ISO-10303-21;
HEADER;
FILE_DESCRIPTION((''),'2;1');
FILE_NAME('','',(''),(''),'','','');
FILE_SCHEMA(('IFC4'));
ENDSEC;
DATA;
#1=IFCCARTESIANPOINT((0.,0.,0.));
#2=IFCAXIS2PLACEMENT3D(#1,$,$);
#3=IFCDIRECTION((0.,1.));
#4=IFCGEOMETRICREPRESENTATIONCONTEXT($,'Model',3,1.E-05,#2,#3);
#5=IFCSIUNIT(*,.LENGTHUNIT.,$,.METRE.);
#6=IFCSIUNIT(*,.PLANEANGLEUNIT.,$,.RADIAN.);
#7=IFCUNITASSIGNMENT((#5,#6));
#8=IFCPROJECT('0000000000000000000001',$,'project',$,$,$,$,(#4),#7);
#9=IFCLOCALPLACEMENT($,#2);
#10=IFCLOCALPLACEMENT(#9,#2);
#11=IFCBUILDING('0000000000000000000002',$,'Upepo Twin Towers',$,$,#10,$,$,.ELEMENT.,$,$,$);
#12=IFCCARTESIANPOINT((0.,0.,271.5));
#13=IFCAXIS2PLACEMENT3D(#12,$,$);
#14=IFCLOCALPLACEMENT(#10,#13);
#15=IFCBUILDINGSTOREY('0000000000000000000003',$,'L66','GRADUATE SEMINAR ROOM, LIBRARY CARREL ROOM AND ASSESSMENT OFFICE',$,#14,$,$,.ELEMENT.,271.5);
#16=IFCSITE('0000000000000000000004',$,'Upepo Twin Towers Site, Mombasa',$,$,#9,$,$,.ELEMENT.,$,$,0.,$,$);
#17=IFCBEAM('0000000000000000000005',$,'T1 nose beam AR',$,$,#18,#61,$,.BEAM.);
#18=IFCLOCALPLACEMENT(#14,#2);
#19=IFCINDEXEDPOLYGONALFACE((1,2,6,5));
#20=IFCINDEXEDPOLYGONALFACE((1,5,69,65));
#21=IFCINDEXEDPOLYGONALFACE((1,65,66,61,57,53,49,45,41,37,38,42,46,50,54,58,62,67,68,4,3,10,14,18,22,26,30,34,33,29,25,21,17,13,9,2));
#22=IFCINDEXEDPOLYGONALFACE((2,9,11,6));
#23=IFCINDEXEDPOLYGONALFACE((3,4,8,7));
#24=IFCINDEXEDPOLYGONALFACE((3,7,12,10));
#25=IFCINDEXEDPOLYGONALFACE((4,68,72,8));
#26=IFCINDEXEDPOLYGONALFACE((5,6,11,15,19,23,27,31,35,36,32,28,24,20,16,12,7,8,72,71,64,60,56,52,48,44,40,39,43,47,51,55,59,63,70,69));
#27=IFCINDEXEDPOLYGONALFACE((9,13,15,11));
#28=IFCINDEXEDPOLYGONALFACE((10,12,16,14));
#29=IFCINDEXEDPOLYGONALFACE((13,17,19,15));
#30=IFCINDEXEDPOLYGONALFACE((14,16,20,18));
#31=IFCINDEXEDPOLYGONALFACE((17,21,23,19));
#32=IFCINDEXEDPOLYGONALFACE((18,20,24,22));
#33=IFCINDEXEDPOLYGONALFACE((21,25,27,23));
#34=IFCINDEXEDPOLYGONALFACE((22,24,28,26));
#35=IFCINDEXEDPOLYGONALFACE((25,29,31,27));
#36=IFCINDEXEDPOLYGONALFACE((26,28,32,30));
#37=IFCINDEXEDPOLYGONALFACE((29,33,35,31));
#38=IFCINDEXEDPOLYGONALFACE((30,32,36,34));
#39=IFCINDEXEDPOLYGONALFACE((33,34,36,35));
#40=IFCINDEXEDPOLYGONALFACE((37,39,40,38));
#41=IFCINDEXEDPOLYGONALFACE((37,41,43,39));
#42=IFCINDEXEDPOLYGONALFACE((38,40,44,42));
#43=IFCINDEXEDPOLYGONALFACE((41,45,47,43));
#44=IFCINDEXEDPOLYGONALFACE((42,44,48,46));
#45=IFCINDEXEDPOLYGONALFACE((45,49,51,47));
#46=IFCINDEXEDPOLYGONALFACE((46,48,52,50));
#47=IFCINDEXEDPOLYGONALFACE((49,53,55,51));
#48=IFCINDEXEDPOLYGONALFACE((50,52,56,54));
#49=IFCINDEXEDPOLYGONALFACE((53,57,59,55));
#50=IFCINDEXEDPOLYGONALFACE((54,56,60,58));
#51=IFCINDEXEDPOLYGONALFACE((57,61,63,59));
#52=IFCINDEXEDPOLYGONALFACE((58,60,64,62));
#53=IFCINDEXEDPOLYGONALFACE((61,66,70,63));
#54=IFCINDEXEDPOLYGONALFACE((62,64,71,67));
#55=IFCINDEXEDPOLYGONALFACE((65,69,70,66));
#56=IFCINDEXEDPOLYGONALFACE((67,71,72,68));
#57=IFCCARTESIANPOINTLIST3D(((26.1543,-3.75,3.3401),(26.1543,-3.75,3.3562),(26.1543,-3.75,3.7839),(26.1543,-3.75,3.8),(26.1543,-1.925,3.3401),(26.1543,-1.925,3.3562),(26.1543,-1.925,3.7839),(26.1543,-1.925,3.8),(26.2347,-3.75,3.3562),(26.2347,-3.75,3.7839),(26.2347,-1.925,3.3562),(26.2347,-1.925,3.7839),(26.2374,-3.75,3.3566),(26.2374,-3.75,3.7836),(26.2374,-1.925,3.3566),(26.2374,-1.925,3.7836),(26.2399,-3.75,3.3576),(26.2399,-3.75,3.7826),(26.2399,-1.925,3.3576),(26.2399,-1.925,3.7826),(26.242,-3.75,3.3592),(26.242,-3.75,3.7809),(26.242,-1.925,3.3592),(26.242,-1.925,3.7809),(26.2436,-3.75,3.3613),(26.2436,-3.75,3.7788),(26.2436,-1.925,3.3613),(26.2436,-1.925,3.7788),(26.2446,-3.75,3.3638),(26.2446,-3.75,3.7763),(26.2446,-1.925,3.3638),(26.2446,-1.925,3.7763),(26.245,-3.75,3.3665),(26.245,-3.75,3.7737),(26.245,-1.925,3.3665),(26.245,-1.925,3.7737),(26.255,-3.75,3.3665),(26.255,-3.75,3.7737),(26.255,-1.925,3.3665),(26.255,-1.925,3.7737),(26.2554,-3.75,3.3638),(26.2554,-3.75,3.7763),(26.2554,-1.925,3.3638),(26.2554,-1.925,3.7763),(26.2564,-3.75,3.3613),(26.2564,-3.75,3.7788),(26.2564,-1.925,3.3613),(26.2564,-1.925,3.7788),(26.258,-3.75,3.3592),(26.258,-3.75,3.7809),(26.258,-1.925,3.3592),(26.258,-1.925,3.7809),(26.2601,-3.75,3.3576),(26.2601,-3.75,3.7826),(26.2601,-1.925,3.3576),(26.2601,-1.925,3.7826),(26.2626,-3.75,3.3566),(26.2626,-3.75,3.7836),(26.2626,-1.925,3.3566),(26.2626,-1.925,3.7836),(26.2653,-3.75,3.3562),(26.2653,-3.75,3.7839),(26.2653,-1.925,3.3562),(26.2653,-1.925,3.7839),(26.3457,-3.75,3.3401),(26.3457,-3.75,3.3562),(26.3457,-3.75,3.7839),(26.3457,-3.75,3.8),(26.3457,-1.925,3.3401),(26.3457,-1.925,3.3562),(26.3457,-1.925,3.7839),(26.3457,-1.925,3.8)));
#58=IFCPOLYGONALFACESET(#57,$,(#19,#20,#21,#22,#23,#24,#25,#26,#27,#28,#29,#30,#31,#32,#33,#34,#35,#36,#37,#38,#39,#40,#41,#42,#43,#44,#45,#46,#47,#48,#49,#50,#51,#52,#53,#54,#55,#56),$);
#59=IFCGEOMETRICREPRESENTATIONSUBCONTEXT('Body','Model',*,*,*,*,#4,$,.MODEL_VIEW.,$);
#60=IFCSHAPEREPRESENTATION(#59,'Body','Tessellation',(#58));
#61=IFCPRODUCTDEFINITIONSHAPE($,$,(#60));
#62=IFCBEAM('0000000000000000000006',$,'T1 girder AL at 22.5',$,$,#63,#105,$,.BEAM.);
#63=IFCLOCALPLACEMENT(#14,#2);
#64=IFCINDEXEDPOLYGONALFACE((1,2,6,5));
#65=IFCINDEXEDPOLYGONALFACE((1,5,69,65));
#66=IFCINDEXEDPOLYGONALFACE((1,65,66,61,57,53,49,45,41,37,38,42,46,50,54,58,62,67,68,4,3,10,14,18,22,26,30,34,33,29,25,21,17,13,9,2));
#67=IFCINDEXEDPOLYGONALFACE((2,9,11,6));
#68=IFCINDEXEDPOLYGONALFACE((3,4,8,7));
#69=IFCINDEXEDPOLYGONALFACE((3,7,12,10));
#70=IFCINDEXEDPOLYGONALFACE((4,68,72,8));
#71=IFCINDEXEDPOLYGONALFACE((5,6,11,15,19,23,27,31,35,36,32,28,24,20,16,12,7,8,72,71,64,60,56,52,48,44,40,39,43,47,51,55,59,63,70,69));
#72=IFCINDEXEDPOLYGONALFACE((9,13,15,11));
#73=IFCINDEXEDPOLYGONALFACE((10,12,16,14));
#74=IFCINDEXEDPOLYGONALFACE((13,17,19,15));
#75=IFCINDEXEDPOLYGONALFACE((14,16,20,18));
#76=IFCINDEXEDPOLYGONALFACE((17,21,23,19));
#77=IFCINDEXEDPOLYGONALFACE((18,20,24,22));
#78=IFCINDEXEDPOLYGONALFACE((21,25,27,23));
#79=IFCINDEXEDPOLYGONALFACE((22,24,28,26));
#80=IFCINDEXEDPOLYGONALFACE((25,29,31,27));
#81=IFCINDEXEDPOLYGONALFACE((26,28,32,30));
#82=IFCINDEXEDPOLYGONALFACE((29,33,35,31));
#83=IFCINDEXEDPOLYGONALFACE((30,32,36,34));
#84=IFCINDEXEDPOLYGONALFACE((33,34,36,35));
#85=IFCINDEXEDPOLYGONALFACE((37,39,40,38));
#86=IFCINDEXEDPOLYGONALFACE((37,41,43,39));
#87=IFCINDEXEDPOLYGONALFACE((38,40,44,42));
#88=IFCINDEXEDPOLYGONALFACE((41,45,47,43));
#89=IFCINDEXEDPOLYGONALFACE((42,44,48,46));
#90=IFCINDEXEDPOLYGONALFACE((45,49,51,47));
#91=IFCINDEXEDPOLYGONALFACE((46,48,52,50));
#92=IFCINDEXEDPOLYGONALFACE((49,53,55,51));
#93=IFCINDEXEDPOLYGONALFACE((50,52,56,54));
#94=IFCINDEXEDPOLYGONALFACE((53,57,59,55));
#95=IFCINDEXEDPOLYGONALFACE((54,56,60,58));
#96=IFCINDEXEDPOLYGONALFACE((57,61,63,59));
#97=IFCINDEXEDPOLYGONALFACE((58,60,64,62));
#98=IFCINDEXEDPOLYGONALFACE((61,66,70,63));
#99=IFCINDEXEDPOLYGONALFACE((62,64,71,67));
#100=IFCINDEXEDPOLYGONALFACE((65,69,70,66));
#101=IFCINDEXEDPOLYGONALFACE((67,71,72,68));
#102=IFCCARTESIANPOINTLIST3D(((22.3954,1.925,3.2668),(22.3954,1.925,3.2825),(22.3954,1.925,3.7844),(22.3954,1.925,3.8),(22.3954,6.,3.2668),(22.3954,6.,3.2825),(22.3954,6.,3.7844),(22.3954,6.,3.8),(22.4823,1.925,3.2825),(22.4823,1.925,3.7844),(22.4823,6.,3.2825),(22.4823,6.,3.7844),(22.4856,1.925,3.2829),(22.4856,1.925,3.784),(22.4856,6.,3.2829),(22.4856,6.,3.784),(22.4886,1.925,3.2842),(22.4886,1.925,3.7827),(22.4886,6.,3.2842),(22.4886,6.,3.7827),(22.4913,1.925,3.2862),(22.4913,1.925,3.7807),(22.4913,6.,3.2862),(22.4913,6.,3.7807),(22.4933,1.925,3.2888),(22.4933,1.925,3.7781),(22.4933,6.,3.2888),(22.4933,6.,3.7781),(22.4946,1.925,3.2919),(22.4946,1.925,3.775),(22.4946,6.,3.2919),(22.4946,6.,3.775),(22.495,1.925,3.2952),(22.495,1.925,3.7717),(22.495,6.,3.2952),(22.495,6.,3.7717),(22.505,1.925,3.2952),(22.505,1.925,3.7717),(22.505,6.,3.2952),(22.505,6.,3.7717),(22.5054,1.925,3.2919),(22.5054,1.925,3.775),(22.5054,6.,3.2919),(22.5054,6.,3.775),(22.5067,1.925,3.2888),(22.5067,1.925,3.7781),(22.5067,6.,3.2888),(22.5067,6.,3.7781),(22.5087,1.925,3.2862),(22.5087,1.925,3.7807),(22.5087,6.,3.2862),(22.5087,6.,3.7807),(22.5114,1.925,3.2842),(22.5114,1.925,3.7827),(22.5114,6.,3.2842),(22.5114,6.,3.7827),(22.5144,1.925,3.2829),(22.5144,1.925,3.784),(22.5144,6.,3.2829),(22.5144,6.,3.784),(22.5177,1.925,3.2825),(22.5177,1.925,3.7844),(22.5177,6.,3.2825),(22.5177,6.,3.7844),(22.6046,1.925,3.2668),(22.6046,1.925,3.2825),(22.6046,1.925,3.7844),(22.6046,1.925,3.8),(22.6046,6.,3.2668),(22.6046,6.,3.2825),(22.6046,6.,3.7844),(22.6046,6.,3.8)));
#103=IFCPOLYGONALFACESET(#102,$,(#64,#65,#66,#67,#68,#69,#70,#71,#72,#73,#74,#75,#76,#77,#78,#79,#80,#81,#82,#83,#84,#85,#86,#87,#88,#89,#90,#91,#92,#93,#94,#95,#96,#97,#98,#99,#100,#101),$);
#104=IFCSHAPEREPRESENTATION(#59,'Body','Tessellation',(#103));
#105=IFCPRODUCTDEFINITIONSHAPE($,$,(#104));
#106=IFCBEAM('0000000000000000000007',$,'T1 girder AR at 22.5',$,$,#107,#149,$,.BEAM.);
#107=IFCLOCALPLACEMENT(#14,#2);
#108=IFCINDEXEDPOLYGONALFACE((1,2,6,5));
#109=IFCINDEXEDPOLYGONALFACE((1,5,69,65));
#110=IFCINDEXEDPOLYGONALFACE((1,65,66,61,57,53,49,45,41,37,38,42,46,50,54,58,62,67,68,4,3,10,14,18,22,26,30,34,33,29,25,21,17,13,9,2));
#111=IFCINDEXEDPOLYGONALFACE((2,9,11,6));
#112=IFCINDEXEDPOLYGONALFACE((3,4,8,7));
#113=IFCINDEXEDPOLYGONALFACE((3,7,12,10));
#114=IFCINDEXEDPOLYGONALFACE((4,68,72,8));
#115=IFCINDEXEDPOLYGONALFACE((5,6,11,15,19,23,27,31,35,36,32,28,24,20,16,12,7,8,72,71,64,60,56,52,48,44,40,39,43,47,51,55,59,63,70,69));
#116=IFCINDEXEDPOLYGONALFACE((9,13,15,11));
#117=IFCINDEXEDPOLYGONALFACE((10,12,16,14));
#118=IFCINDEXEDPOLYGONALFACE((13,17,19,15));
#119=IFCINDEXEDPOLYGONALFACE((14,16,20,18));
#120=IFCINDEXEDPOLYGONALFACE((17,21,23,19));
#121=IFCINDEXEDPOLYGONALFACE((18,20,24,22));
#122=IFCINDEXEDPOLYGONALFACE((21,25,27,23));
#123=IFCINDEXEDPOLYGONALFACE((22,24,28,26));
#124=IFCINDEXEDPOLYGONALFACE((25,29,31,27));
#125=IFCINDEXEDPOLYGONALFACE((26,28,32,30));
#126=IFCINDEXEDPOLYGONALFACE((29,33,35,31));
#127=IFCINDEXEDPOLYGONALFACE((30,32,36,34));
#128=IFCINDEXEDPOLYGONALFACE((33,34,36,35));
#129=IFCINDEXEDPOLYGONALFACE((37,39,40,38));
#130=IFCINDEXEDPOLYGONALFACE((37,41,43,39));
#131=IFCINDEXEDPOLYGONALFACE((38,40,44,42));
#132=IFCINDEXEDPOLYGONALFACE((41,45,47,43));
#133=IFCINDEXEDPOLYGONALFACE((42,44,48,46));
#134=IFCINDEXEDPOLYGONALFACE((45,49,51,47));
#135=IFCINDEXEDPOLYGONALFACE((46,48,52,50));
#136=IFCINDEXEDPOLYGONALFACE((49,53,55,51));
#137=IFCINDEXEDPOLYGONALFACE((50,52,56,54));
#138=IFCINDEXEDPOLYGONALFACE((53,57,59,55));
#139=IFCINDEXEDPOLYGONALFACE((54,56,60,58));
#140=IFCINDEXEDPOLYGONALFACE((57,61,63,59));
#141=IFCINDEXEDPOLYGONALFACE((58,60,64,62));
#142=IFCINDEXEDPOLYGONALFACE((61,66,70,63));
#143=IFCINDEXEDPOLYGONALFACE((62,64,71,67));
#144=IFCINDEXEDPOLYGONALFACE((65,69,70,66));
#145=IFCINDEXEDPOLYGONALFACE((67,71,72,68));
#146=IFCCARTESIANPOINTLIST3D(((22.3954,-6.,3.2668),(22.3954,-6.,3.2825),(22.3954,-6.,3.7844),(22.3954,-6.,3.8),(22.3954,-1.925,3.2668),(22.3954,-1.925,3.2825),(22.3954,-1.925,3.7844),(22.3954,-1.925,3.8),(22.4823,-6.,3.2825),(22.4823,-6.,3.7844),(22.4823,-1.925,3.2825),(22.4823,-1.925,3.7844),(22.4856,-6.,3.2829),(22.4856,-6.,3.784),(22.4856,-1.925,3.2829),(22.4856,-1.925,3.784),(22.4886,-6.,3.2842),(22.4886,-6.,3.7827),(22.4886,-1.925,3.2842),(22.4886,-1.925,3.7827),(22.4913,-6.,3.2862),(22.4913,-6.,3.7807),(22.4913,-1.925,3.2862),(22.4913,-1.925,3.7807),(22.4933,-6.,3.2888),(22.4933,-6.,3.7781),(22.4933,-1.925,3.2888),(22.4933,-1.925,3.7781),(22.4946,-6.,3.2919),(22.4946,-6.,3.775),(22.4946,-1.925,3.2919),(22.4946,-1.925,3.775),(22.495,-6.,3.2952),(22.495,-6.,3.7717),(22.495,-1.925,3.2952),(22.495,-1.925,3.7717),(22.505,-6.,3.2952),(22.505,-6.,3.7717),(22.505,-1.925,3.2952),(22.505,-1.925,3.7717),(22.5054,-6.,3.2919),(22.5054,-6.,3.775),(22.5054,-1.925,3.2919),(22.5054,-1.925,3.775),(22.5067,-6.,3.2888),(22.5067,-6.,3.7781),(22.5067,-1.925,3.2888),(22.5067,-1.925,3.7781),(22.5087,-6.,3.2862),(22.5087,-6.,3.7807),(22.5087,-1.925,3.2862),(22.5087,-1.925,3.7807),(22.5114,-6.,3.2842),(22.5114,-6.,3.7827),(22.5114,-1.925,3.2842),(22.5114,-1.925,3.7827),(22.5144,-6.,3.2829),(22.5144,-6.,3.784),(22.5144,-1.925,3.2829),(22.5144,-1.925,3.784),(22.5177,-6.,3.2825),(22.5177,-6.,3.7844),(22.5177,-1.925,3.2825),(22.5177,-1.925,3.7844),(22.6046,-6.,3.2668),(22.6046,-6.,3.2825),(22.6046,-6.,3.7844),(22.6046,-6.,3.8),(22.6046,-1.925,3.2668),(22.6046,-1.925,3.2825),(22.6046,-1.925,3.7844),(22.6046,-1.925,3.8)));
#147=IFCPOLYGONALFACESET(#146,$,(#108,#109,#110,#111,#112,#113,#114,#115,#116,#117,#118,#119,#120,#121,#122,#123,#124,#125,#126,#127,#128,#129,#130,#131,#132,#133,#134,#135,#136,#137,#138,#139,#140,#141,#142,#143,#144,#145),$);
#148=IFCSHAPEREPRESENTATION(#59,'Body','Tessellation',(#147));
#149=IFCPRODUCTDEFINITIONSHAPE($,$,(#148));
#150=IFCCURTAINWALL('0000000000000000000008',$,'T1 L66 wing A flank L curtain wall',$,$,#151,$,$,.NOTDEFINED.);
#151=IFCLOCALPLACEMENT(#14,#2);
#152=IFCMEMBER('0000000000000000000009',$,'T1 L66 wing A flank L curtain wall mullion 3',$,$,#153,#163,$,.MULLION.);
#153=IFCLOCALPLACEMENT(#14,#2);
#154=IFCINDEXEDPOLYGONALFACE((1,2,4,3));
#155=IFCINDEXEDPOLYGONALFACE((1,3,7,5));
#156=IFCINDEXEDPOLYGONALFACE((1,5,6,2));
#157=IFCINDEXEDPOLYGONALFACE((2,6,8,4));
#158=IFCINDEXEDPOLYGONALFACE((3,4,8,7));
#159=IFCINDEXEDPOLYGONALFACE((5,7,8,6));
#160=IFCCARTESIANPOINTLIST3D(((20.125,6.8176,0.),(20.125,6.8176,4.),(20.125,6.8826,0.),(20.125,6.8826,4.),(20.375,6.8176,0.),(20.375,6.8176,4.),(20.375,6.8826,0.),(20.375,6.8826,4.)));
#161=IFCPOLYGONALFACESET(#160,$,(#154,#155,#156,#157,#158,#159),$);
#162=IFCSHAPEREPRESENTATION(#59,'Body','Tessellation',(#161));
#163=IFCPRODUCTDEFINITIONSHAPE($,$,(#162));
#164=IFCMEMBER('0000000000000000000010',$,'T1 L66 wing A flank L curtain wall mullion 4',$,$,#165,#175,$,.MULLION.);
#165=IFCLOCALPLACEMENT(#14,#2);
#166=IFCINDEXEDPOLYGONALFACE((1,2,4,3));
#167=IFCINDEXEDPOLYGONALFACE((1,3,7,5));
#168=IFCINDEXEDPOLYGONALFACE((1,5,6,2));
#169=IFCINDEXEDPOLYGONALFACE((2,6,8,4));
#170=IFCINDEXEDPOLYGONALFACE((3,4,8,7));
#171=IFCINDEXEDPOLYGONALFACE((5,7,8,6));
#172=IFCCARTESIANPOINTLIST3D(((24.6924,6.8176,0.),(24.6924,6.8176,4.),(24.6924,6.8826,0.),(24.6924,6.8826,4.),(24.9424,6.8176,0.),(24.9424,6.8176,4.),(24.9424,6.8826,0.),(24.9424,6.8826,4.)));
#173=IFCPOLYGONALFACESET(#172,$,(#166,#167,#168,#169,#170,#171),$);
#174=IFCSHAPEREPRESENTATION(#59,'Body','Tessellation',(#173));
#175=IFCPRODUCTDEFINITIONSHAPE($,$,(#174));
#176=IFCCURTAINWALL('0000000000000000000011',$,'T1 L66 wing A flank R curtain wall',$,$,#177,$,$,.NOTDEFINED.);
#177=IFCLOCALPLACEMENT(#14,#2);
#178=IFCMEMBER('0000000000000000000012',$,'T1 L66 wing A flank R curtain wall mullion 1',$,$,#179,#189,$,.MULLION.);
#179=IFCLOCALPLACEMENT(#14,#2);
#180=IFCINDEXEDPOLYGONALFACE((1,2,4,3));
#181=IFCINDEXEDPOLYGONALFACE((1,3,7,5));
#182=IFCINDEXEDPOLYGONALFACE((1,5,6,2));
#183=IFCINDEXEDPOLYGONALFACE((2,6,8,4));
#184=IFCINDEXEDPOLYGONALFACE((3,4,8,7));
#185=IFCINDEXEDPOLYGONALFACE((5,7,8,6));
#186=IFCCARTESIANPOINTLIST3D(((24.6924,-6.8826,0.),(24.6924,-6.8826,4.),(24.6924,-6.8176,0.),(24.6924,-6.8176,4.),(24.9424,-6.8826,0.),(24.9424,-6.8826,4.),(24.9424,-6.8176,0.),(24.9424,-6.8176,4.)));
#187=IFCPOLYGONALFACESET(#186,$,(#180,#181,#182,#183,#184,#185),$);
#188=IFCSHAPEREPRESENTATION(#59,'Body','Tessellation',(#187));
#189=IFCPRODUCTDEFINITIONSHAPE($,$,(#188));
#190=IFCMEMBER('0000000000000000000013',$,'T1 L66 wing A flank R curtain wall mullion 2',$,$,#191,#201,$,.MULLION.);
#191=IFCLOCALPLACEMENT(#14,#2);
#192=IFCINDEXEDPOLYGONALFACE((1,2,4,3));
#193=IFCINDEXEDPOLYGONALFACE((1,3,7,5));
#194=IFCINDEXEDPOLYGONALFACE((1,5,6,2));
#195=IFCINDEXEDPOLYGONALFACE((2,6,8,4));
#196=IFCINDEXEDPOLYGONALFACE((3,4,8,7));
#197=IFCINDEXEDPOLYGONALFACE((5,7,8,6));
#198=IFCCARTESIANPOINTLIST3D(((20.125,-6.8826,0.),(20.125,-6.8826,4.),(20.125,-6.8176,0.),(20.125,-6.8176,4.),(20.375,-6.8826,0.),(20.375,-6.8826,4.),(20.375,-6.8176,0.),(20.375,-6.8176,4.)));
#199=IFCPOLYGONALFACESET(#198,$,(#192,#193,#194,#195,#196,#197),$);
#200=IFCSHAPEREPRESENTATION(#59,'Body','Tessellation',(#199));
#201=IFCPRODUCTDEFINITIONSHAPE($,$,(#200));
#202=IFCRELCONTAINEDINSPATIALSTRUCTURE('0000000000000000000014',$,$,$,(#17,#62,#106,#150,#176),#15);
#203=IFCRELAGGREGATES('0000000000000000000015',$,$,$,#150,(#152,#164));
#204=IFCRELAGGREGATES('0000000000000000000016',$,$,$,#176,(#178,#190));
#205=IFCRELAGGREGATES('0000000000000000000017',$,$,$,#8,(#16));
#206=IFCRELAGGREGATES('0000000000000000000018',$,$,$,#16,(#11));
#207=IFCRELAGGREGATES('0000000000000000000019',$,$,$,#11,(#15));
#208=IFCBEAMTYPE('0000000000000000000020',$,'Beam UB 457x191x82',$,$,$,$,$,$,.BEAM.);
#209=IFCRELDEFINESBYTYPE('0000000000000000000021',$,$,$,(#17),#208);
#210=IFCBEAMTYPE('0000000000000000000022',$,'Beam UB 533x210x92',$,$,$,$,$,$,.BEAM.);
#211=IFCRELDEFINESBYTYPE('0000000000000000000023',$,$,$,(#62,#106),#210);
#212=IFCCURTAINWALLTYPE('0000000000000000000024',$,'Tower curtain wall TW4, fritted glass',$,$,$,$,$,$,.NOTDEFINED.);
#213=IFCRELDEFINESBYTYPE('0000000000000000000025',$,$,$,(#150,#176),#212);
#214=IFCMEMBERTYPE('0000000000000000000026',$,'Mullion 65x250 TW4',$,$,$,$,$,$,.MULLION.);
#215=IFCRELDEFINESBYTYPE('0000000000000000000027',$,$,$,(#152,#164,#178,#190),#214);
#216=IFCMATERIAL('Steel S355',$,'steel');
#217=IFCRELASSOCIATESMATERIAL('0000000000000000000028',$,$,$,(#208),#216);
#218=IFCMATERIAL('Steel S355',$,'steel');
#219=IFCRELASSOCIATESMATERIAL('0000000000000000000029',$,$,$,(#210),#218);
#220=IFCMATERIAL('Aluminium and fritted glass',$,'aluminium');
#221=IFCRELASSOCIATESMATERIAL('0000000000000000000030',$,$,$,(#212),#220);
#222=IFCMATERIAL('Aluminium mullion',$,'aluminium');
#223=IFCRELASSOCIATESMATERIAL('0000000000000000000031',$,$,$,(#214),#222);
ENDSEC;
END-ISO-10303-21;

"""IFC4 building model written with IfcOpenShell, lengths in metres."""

from ifc_helpers import new_model, si_unit, direction, frame, origin, origin_2d, place, context, subcontext, project, spatial, rectangle, i_section, extrude, material, material_profile, profile_set, type_object, element, aggregate, save


model = new_model("IFC4")

# Units and contexts
model_context = context("Model", 3, precision=1e-05, world=origin(), true_north=direction((0.0, 1.0)))
body_context = subcontext(model_context, "Body", "Model", "MODEL_VIEW")
ifc_project = project(units=[si_unit("LENGTHUNIT", "METRE"), si_unit("PLANEANGLEUNIT", "RADIAN")], contexts=[model_context])

# Site, building, storey
site_placement = place(None, origin())
site = spatial("IfcSite", under=ifc_project, at=site_placement, Name="Upepo Twin Towers Site, Mombasa", CompositionType="ELEMENT", RefElevation=0.0)
building_placement = place(site_placement, origin())
building = spatial("IfcBuilding", under=site, at=building_placement, Name="Upepo Twin Towers", CompositionType="ELEMENT")
storey_placement = place(building_placement, frame((0.0, 0.0, 271.5)))
storey = spatial("IfcBuildingStorey", under=building, at=storey_placement, Name="L66", Description="GRADUATE SEMINAR ROOM, LIBRARY CARREL ROOM AND ASSESSMENT OFFICE", CompositionType="ELEMENT", Elevation=271.5)

# Beams
ifc_material_1 = material(Name="Steel S355", Category="steel")
ifc_material_profile_1 = material_profile(ifc_material_1, i_section(OverallWidth=0.1914, OverallDepth=0.46, WebThickness=0.01, FlangeThickness=0.0161, FilletRadius=0.0103, at=origin_2d()), Name="UB 457x191x82")
ifc_profile_set_1 = profile_set([ifc_material_profile_1], Name="Steel S355")
beam_type_1 = type_object("IfcBeamType", Name="Beam UB 457x191x82", PredefinedType="BEAM", material=ifc_profile_set_1)
for number, where, z_axis, x_axis, name in (
    (1, (26.25, -3.75, 3.5701), (0.0, 1.0, 0.0), (-1.0, 0.0, 0.0), "T1 nose beam AR"),
):
    element("IfcBeam", number, at=place(storey_placement, frame(where, z_axis=z_axis, x_axis=x_axis)), inside=storey, type_object=beam_type_1, Name=name, PredefinedType="BEAM", context=body_context, shape_type="SweptSolid", body=[
        extrude(i_section(OverallWidth=0.1914, OverallDepth=0.46, WebThickness=0.01, FlangeThickness=0.0161, FilletRadius=0.0103, at=origin_2d()), origin(), (0.0, 0.0, 1.0), 1.825),
    ])
ifc_material_2 = material(Name="Steel S355", Category="steel")
ifc_material_profile_2 = material_profile(ifc_material_2, i_section(OverallWidth=0.2092, OverallDepth=0.5332, WebThickness=0.01, FlangeThickness=0.0156, FilletRadius=0.0127, at=origin_2d()), Name="UB 533x210x92")
ifc_profile_set_2 = profile_set([ifc_material_profile_2], Name="Steel S355")
beam_type_2 = type_object("IfcBeamType", Name="Beam UB 533x210x92", PredefinedType="BEAM", material=ifc_profile_set_2)
for number, where, z_axis, x_axis, name in (
    (2, (22.5, 6.0, 3.5334), (0.0, -1.0, 0.0), (1.0, 0.0, 0.0), "T1 girder AL at 22.5"),
    (3, (22.5, -6.0, 3.5334), (0.0, 1.0, 0.0), (-1.0, 0.0, 0.0), "T1 girder AR at 22.5"),
):
    element("IfcBeam", number, at=place(storey_placement, frame(where, z_axis=z_axis, x_axis=x_axis)), inside=storey, type_object=beam_type_2, Name=name, PredefinedType="BEAM", context=body_context, shape_type="SweptSolid", body=[
        extrude(i_section(OverallWidth=0.2092, OverallDepth=0.5332, WebThickness=0.01, FlangeThickness=0.0156, FilletRadius=0.0127, at=origin_2d()), origin(), (0.0, 0.0, 1.0), 4.075),
    ])

# Curtain walls, members
ifc_material_3 = material(Name="Aluminium and fritted glass", Category="aluminium")
curtain_wall_type = type_object("IfcCurtainWallType", Name="Tower curtain wall TW4, fritted glass", PredefinedType="NOTDEFINED", material=ifc_material_3)
curtain_wall_1_placement = place(storey_placement, origin())
curtain_wall_1 = element("IfcCurtainWall", 4, at=curtain_wall_1_placement, inside=storey, type_object=curtain_wall_type, Name="T1 L66 wing A flank L curtain wall", PredefinedType="NOTDEFINED")
ifc_material_4 = material(Name="Aluminium mullion", Category="aluminium")
ifc_material_profile_3 = material_profile(ifc_material_4, rectangle(XDim=0.0649, YDim=0.25, at=origin_2d()), Name="MULLION 65x250")
ifc_profile_set_3 = profile_set([ifc_material_profile_3], Name="Aluminium mullion")
member_type_1 = type_object("IfcMemberType", Name="Mullion 65x250 TW4", PredefinedType="MULLION", material=ifc_profile_set_3)
member_1_placement = place(storey_placement, frame((20.25, 6.8501, 0.0), z_axis=(0.0, 0.0, 1.0), x_axis=(0.0, 1.0, 0.0)))
member_1 = element("IfcMember", 5, at=member_1_placement, type_object=member_type_1, Name="T1 L66 wing A flank L curtain wall mullion 3", PredefinedType="MULLION", context=body_context, shape_type="SweptSolid", body=[
    extrude(rectangle(XDim=0.0649, YDim=0.25, at=origin_2d()), origin(), (0.0, 0.0, 1.0), 4.0),
])
member_2_placement = place(storey_placement, frame((24.8174, 6.8501, 0.0), z_axis=(0.0, 0.0, 1.0), x_axis=(0.0, 1.0, 0.0)))
member_2 = element("IfcMember", 6, at=member_2_placement, type_object=member_type_1, Name="T1 L66 wing A flank L curtain wall mullion 4", PredefinedType="MULLION", context=body_context, shape_type="SweptSolid", body=[
    extrude(rectangle(XDim=0.0649, YDim=0.25, at=origin_2d()), origin(), (0.0, 0.0, 1.0), 4.0),
])
curtain_wall_2_placement = place(storey_placement, origin())
curtain_wall_2 = element("IfcCurtainWall", 7, at=curtain_wall_2_placement, inside=storey, type_object=curtain_wall_type, Name="T1 L66 wing A flank R curtain wall", PredefinedType="NOTDEFINED")
member_3_placement = place(storey_placement, frame((24.8174, -6.8501, 0.0), z_axis=(0.0, 0.0, 1.0), x_axis=(0.0, -1.0, 0.0)))
member_3 = element("IfcMember", 8, at=member_3_placement, type_object=member_type_1, Name="T1 L66 wing A flank R curtain wall mullion 1", PredefinedType="MULLION", context=body_context, shape_type="SweptSolid", body=[
    extrude(rectangle(XDim=0.0649, YDim=0.25, at=origin_2d()), origin(), (0.0, 0.0, 1.0), 4.0),
])
member_4_placement = place(storey_placement, frame((20.25, -6.8501, 0.0), z_axis=(0.0, 0.0, 1.0), x_axis=(0.0, -1.0, 0.0)))
member_4 = element("IfcMember", 9, at=member_4_placement, type_object=member_type_1, Name="T1 L66 wing A flank R curtain wall mullion 2", PredefinedType="MULLION", context=body_context, shape_type="SweptSolid", body=[
    extrude(rectangle(XDim=0.0649, YDim=0.25, at=origin_2d()), origin(), (0.0, 0.0, 1.0), 4.0),
])

aggregate(curtain_wall_1, [member_1, member_2])
aggregate(curtain_wall_2, [member_3, member_4])

save(model, "model.ifc")
